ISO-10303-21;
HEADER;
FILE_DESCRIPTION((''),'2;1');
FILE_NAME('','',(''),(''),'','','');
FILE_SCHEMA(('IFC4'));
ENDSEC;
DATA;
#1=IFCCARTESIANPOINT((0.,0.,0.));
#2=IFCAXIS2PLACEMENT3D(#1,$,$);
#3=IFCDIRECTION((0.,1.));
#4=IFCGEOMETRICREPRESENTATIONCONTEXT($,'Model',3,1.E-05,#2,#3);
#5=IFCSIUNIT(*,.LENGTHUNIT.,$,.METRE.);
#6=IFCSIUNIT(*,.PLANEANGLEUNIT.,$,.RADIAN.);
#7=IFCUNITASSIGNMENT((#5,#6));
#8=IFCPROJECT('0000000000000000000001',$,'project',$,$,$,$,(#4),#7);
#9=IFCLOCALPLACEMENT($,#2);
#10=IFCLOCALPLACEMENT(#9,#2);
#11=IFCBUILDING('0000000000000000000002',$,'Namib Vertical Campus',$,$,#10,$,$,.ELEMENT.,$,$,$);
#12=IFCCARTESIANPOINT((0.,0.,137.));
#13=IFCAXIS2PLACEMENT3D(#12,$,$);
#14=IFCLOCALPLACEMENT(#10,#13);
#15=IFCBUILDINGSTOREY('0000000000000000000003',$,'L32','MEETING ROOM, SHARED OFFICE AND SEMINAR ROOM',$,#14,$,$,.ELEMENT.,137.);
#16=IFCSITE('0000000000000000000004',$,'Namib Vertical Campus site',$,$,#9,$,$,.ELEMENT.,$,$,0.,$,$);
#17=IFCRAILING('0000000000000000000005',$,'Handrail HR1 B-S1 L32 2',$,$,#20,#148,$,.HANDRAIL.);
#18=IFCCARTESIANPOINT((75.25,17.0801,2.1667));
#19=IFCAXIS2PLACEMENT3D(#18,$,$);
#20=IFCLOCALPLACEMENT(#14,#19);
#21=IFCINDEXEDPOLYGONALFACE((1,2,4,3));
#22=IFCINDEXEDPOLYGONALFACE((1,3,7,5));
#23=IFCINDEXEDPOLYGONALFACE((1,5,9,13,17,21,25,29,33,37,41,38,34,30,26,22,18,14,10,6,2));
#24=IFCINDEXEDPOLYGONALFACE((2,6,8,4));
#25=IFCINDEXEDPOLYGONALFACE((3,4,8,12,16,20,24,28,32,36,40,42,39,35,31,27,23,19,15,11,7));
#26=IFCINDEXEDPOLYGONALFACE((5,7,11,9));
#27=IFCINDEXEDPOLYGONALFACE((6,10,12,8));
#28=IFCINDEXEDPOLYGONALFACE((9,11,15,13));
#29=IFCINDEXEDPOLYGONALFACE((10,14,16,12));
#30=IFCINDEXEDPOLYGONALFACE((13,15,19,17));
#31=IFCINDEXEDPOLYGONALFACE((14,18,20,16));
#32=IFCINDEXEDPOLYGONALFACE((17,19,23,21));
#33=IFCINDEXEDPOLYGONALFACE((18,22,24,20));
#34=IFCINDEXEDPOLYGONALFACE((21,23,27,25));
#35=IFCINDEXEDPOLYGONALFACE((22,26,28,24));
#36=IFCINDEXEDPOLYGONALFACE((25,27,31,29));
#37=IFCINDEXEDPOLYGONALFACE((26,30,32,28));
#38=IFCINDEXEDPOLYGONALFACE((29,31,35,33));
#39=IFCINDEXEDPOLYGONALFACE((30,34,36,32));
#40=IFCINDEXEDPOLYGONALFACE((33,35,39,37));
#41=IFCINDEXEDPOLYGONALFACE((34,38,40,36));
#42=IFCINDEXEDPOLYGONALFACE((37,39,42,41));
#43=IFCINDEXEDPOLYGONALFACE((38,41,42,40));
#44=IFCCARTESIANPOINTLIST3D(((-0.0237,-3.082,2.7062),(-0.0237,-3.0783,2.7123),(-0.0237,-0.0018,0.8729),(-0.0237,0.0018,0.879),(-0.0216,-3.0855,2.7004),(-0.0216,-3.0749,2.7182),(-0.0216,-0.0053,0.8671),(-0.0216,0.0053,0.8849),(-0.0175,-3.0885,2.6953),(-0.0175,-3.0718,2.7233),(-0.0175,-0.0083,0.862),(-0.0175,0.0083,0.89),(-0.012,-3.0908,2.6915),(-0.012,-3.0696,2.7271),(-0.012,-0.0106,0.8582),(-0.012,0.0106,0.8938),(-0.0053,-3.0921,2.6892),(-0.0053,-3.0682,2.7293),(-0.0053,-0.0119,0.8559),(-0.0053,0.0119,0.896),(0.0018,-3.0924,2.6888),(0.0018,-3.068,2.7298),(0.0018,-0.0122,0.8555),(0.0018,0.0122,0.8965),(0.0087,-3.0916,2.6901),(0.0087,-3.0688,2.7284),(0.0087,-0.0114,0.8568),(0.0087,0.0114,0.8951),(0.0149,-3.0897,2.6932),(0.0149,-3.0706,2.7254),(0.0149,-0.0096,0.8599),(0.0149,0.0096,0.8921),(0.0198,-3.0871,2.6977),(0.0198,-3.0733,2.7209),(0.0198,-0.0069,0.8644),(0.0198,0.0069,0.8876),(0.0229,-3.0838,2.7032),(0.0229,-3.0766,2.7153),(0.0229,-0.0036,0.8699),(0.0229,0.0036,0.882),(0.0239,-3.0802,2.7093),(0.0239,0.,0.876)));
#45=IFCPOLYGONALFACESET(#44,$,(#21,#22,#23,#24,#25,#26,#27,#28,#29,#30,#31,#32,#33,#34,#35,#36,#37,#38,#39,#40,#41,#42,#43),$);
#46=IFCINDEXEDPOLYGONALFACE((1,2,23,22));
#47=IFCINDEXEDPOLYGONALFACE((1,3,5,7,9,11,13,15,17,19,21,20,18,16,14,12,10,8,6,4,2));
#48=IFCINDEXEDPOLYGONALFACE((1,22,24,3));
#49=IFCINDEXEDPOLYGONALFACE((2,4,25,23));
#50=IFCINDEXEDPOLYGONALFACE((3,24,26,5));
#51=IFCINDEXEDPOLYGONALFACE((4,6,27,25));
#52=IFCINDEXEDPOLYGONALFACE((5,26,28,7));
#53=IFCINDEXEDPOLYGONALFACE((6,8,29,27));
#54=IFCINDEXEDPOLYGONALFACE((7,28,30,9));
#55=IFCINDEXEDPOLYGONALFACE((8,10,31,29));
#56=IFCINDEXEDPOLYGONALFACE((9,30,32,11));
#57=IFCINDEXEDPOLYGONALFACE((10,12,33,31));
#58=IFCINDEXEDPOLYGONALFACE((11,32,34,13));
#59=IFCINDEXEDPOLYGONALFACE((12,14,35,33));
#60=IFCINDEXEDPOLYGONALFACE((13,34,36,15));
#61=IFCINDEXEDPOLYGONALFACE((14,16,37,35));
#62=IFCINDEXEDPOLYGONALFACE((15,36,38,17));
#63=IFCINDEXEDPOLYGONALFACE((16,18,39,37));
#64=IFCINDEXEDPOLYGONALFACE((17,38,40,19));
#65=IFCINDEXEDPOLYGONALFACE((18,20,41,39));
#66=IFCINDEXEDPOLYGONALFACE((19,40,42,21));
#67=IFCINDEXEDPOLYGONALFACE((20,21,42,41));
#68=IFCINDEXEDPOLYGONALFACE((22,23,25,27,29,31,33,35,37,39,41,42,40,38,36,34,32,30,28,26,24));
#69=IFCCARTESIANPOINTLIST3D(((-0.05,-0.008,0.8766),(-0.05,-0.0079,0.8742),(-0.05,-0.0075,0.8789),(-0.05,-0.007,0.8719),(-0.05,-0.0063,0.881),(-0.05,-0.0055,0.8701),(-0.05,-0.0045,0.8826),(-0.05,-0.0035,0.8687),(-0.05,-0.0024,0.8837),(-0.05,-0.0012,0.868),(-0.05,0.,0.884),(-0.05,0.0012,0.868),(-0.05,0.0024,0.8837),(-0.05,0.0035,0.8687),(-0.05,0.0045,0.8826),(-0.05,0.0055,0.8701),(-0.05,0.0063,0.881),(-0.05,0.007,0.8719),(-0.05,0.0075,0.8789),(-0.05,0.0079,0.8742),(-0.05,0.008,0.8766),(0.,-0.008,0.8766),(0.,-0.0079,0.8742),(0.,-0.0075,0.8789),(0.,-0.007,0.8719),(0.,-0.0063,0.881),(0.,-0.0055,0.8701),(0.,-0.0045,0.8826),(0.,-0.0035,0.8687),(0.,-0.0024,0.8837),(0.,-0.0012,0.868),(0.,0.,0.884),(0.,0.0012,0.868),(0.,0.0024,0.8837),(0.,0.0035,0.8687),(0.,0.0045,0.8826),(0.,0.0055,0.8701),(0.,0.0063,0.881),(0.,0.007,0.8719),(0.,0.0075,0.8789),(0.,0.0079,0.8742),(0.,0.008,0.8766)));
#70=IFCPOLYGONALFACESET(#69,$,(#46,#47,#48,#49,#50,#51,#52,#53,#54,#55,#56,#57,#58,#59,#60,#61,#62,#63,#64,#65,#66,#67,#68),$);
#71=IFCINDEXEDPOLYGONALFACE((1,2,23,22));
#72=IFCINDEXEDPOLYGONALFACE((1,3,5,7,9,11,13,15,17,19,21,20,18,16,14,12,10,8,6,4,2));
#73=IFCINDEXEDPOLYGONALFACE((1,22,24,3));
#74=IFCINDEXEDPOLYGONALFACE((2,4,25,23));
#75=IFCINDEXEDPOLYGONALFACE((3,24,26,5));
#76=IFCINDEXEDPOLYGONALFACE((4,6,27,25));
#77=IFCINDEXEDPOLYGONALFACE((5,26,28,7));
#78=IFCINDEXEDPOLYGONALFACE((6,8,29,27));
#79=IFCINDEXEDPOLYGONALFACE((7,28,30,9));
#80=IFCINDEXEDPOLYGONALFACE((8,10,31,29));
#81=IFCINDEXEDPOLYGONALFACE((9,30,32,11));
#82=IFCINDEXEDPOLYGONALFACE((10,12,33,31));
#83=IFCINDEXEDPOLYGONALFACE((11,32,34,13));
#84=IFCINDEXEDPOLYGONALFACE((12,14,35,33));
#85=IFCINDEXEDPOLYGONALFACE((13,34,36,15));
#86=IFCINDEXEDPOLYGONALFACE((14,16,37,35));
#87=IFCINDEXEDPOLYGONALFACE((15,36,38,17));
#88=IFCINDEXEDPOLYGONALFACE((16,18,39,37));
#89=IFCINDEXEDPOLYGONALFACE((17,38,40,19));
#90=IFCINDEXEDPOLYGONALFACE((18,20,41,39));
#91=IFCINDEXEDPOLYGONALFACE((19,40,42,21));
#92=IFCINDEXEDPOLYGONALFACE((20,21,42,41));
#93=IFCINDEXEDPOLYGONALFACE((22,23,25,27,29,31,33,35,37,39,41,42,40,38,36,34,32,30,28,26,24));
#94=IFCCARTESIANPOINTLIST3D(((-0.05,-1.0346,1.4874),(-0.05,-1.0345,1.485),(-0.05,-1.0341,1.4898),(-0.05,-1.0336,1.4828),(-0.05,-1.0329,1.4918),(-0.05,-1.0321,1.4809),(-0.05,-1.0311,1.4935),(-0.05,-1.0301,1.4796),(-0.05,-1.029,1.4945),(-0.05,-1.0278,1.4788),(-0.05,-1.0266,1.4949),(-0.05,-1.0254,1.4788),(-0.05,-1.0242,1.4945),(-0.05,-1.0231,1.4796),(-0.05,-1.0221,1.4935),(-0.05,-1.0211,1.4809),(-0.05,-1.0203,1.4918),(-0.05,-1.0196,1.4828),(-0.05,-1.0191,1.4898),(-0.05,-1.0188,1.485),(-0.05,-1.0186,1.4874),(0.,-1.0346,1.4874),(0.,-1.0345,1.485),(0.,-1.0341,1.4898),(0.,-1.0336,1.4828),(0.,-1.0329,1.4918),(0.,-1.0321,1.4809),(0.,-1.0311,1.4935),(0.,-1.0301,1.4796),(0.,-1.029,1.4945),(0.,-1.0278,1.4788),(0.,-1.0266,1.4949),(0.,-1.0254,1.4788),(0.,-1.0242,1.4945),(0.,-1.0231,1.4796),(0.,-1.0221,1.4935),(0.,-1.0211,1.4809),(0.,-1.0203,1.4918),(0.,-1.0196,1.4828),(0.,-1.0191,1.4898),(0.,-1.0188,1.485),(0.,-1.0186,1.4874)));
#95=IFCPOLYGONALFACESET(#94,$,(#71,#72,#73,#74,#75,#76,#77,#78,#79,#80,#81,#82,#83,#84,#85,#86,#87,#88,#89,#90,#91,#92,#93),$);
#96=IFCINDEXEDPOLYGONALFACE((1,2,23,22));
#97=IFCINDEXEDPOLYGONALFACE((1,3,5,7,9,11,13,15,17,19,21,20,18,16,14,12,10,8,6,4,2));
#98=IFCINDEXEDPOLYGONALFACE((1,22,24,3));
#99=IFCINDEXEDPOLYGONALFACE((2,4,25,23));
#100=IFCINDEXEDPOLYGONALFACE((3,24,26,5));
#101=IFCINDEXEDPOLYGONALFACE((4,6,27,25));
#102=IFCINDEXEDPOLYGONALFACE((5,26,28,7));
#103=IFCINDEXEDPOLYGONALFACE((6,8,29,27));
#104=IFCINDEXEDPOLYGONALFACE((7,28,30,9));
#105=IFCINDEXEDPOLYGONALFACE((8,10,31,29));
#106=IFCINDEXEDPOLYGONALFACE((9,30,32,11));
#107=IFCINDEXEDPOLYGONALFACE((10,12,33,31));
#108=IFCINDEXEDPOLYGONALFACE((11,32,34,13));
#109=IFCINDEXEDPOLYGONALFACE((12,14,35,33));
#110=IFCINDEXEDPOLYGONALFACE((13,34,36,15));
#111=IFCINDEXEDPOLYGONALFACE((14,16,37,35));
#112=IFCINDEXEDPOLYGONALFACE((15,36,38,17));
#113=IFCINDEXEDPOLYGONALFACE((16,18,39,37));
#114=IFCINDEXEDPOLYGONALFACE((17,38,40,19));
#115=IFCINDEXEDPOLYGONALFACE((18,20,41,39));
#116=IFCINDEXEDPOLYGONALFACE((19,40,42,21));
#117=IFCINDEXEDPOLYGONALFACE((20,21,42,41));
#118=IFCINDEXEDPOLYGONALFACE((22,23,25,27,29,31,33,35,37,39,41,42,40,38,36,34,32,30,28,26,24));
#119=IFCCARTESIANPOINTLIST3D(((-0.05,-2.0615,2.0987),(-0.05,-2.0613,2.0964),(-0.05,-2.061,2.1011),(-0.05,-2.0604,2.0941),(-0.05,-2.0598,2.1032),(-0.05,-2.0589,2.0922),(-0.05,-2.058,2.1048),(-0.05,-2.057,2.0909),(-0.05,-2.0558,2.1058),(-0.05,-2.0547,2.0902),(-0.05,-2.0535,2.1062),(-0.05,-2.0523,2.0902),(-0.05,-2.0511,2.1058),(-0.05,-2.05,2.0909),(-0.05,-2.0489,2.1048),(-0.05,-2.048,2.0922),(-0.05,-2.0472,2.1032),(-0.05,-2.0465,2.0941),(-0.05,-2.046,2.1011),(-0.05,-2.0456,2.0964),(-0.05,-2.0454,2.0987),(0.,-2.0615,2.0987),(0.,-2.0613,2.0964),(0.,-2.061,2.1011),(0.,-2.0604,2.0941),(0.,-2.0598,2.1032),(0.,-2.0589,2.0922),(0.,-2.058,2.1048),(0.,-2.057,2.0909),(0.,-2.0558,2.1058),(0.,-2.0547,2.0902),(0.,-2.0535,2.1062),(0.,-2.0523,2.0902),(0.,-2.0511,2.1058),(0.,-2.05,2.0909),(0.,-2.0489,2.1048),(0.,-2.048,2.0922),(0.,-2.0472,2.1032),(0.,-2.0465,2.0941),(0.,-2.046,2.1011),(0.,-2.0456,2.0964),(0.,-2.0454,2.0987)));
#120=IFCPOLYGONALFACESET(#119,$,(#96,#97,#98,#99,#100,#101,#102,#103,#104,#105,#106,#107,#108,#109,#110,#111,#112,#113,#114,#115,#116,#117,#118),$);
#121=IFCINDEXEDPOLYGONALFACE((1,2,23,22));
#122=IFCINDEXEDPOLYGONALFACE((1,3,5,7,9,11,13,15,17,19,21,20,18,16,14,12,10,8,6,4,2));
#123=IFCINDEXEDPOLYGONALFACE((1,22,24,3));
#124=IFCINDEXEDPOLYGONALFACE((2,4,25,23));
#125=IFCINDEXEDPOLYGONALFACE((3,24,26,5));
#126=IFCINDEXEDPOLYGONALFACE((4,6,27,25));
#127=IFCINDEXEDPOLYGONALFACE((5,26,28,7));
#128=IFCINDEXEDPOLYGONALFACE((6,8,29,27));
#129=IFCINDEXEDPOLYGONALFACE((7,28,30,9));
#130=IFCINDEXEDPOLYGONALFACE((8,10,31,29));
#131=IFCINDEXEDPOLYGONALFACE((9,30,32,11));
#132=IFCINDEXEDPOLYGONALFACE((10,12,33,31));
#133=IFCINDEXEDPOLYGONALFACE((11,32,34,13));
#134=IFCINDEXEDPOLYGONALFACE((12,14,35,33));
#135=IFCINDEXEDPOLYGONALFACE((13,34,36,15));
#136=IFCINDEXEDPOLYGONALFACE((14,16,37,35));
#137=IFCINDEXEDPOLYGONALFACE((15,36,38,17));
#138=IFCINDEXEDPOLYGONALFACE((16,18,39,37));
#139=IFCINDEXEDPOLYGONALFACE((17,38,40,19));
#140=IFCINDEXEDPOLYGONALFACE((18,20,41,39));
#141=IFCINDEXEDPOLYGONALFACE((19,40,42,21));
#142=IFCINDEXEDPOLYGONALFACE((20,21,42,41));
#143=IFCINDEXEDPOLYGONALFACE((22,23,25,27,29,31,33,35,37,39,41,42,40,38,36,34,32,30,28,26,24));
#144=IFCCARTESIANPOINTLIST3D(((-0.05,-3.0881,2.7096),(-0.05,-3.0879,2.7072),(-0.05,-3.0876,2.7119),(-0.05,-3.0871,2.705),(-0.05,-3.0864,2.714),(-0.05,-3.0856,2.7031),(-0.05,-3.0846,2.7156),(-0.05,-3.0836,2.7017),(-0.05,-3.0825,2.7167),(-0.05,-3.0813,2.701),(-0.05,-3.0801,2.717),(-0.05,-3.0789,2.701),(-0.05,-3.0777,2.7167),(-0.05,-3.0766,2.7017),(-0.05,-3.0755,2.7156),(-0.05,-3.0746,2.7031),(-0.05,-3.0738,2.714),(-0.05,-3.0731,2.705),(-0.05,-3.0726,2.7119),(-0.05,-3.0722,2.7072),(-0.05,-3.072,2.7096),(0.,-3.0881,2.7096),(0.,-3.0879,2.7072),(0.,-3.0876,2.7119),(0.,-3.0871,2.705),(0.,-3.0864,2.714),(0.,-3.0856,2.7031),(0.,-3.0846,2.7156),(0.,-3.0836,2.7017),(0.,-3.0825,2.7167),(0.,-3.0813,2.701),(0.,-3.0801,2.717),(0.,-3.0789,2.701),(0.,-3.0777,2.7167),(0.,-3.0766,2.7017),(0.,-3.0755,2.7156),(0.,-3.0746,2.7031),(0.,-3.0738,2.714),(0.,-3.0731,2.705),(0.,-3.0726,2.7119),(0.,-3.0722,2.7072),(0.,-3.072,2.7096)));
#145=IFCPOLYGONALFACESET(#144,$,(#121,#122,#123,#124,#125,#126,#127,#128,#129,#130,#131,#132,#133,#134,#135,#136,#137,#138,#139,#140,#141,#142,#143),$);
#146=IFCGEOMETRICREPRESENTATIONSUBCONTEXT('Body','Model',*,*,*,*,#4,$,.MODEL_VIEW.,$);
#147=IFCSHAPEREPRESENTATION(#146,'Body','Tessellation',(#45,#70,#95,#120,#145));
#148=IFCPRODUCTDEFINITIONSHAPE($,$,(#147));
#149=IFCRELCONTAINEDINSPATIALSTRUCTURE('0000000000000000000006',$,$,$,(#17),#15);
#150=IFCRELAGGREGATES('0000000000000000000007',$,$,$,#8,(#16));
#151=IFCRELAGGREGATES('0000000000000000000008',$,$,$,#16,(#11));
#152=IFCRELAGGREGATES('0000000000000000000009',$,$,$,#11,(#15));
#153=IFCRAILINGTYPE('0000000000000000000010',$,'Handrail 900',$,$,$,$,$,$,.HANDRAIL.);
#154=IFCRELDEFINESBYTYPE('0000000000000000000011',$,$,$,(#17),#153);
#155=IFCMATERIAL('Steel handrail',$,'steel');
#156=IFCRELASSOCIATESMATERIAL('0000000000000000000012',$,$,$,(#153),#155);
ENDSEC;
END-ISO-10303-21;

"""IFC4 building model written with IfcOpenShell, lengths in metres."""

from ifc_helpers import new_model, si_unit, direction, frame, origin, origin_2d, place, context, subcontext, project, spatial, circle, extrude, material, type_object, element, save


model = new_model("IFC4")

# Units and contexts
model_context = context("Model", 3, precision=1e-05, world=origin(), true_north=direction((0.0, 1.0)))
body_context = subcontext(model_context, "Body", "Model", "MODEL_VIEW")
ifc_project = project(units=[si_unit("LENGTHUNIT", "METRE"), si_unit("PLANEANGLEUNIT", "RADIAN")], contexts=[model_context])

# Site, building, storey
site_placement = place(None, origin())
site = spatial("IfcSite", under=ifc_project, at=site_placement, Name="Namib Vertical Campus site", CompositionType="ELEMENT", RefElevation=0.0)
building_placement = place(site_placement, origin())
building = spatial("IfcBuilding", under=site, at=building_placement, Name="Namib Vertical Campus", CompositionType="ELEMENT")
storey_placement = place(building_placement, frame((0.0, 0.0, 137.0)))
storey = spatial("IfcBuildingStorey", under=building, at=storey_placement, Name="L32", Description="MEETING ROOM, SHARED OFFICE AND SEMINAR ROOM", CompositionType="ELEMENT", Elevation=137.0)

# Railing
ifc_material_1 = material(Name="Steel handrail", Category="steel")
railing_type_1 = type_object("IfcRailingType", Name="Handrail 900", PredefinedType="HANDRAIL", material=ifc_material_1)
railing_1_placement = place(storey_placement, frame((75.25, 17.0801, 2.1667)))
element("IfcRailing", 1, at=railing_1_placement, inside=storey, type_object=railing_type_1, Name="Handrail HR1 B-S1 L32 2", PredefinedType="HANDRAIL", context=body_context, shape_type="SweptSolid", body=[
    extrude(circle(Radius=0.0239, at=origin_2d()), frame((0.0, 0.0, 0.876), z_axis=(0.0, -0.859309, 0.511458), x_axis=(1.0, 0.0, 0.0)), (0.0, 0.0, 1.0), 3.5845),
    extrude(circle(Radius=0.0081, at=origin_2d()), frame((0.0, 0.0, 0.876), z_axis=(-1.0, 0.0, 0.0), x_axis=(0.0, 0.0, 1.0)), (0.0, 0.0, 1.0), 0.05),
    extrude(circle(Radius=0.0081, at=origin_2d()), frame((0.0, -1.0266, 1.4868), z_axis=(-1.0, 0.0, 0.0), x_axis=(0.0, 0.0, 1.0)), (0.0, 0.0, 1.0), 0.05),
    extrude(circle(Radius=0.0081, at=origin_2d()), frame((0.0, -2.0535, 2.0981), z_axis=(-1.0, 0.0, 0.0), x_axis=(0.0, 0.0, 1.0)), (0.0, 0.0, 1.0), 0.05),
    extrude(circle(Radius=0.0081, at=origin_2d()), frame((0.0, -3.0801, 2.709), z_axis=(-1.0, 0.0, 0.0), x_axis=(0.0, 0.0, 1.0)), (0.0, 0.0, 1.0), 0.05),
])

save(model, "model.ifc")
